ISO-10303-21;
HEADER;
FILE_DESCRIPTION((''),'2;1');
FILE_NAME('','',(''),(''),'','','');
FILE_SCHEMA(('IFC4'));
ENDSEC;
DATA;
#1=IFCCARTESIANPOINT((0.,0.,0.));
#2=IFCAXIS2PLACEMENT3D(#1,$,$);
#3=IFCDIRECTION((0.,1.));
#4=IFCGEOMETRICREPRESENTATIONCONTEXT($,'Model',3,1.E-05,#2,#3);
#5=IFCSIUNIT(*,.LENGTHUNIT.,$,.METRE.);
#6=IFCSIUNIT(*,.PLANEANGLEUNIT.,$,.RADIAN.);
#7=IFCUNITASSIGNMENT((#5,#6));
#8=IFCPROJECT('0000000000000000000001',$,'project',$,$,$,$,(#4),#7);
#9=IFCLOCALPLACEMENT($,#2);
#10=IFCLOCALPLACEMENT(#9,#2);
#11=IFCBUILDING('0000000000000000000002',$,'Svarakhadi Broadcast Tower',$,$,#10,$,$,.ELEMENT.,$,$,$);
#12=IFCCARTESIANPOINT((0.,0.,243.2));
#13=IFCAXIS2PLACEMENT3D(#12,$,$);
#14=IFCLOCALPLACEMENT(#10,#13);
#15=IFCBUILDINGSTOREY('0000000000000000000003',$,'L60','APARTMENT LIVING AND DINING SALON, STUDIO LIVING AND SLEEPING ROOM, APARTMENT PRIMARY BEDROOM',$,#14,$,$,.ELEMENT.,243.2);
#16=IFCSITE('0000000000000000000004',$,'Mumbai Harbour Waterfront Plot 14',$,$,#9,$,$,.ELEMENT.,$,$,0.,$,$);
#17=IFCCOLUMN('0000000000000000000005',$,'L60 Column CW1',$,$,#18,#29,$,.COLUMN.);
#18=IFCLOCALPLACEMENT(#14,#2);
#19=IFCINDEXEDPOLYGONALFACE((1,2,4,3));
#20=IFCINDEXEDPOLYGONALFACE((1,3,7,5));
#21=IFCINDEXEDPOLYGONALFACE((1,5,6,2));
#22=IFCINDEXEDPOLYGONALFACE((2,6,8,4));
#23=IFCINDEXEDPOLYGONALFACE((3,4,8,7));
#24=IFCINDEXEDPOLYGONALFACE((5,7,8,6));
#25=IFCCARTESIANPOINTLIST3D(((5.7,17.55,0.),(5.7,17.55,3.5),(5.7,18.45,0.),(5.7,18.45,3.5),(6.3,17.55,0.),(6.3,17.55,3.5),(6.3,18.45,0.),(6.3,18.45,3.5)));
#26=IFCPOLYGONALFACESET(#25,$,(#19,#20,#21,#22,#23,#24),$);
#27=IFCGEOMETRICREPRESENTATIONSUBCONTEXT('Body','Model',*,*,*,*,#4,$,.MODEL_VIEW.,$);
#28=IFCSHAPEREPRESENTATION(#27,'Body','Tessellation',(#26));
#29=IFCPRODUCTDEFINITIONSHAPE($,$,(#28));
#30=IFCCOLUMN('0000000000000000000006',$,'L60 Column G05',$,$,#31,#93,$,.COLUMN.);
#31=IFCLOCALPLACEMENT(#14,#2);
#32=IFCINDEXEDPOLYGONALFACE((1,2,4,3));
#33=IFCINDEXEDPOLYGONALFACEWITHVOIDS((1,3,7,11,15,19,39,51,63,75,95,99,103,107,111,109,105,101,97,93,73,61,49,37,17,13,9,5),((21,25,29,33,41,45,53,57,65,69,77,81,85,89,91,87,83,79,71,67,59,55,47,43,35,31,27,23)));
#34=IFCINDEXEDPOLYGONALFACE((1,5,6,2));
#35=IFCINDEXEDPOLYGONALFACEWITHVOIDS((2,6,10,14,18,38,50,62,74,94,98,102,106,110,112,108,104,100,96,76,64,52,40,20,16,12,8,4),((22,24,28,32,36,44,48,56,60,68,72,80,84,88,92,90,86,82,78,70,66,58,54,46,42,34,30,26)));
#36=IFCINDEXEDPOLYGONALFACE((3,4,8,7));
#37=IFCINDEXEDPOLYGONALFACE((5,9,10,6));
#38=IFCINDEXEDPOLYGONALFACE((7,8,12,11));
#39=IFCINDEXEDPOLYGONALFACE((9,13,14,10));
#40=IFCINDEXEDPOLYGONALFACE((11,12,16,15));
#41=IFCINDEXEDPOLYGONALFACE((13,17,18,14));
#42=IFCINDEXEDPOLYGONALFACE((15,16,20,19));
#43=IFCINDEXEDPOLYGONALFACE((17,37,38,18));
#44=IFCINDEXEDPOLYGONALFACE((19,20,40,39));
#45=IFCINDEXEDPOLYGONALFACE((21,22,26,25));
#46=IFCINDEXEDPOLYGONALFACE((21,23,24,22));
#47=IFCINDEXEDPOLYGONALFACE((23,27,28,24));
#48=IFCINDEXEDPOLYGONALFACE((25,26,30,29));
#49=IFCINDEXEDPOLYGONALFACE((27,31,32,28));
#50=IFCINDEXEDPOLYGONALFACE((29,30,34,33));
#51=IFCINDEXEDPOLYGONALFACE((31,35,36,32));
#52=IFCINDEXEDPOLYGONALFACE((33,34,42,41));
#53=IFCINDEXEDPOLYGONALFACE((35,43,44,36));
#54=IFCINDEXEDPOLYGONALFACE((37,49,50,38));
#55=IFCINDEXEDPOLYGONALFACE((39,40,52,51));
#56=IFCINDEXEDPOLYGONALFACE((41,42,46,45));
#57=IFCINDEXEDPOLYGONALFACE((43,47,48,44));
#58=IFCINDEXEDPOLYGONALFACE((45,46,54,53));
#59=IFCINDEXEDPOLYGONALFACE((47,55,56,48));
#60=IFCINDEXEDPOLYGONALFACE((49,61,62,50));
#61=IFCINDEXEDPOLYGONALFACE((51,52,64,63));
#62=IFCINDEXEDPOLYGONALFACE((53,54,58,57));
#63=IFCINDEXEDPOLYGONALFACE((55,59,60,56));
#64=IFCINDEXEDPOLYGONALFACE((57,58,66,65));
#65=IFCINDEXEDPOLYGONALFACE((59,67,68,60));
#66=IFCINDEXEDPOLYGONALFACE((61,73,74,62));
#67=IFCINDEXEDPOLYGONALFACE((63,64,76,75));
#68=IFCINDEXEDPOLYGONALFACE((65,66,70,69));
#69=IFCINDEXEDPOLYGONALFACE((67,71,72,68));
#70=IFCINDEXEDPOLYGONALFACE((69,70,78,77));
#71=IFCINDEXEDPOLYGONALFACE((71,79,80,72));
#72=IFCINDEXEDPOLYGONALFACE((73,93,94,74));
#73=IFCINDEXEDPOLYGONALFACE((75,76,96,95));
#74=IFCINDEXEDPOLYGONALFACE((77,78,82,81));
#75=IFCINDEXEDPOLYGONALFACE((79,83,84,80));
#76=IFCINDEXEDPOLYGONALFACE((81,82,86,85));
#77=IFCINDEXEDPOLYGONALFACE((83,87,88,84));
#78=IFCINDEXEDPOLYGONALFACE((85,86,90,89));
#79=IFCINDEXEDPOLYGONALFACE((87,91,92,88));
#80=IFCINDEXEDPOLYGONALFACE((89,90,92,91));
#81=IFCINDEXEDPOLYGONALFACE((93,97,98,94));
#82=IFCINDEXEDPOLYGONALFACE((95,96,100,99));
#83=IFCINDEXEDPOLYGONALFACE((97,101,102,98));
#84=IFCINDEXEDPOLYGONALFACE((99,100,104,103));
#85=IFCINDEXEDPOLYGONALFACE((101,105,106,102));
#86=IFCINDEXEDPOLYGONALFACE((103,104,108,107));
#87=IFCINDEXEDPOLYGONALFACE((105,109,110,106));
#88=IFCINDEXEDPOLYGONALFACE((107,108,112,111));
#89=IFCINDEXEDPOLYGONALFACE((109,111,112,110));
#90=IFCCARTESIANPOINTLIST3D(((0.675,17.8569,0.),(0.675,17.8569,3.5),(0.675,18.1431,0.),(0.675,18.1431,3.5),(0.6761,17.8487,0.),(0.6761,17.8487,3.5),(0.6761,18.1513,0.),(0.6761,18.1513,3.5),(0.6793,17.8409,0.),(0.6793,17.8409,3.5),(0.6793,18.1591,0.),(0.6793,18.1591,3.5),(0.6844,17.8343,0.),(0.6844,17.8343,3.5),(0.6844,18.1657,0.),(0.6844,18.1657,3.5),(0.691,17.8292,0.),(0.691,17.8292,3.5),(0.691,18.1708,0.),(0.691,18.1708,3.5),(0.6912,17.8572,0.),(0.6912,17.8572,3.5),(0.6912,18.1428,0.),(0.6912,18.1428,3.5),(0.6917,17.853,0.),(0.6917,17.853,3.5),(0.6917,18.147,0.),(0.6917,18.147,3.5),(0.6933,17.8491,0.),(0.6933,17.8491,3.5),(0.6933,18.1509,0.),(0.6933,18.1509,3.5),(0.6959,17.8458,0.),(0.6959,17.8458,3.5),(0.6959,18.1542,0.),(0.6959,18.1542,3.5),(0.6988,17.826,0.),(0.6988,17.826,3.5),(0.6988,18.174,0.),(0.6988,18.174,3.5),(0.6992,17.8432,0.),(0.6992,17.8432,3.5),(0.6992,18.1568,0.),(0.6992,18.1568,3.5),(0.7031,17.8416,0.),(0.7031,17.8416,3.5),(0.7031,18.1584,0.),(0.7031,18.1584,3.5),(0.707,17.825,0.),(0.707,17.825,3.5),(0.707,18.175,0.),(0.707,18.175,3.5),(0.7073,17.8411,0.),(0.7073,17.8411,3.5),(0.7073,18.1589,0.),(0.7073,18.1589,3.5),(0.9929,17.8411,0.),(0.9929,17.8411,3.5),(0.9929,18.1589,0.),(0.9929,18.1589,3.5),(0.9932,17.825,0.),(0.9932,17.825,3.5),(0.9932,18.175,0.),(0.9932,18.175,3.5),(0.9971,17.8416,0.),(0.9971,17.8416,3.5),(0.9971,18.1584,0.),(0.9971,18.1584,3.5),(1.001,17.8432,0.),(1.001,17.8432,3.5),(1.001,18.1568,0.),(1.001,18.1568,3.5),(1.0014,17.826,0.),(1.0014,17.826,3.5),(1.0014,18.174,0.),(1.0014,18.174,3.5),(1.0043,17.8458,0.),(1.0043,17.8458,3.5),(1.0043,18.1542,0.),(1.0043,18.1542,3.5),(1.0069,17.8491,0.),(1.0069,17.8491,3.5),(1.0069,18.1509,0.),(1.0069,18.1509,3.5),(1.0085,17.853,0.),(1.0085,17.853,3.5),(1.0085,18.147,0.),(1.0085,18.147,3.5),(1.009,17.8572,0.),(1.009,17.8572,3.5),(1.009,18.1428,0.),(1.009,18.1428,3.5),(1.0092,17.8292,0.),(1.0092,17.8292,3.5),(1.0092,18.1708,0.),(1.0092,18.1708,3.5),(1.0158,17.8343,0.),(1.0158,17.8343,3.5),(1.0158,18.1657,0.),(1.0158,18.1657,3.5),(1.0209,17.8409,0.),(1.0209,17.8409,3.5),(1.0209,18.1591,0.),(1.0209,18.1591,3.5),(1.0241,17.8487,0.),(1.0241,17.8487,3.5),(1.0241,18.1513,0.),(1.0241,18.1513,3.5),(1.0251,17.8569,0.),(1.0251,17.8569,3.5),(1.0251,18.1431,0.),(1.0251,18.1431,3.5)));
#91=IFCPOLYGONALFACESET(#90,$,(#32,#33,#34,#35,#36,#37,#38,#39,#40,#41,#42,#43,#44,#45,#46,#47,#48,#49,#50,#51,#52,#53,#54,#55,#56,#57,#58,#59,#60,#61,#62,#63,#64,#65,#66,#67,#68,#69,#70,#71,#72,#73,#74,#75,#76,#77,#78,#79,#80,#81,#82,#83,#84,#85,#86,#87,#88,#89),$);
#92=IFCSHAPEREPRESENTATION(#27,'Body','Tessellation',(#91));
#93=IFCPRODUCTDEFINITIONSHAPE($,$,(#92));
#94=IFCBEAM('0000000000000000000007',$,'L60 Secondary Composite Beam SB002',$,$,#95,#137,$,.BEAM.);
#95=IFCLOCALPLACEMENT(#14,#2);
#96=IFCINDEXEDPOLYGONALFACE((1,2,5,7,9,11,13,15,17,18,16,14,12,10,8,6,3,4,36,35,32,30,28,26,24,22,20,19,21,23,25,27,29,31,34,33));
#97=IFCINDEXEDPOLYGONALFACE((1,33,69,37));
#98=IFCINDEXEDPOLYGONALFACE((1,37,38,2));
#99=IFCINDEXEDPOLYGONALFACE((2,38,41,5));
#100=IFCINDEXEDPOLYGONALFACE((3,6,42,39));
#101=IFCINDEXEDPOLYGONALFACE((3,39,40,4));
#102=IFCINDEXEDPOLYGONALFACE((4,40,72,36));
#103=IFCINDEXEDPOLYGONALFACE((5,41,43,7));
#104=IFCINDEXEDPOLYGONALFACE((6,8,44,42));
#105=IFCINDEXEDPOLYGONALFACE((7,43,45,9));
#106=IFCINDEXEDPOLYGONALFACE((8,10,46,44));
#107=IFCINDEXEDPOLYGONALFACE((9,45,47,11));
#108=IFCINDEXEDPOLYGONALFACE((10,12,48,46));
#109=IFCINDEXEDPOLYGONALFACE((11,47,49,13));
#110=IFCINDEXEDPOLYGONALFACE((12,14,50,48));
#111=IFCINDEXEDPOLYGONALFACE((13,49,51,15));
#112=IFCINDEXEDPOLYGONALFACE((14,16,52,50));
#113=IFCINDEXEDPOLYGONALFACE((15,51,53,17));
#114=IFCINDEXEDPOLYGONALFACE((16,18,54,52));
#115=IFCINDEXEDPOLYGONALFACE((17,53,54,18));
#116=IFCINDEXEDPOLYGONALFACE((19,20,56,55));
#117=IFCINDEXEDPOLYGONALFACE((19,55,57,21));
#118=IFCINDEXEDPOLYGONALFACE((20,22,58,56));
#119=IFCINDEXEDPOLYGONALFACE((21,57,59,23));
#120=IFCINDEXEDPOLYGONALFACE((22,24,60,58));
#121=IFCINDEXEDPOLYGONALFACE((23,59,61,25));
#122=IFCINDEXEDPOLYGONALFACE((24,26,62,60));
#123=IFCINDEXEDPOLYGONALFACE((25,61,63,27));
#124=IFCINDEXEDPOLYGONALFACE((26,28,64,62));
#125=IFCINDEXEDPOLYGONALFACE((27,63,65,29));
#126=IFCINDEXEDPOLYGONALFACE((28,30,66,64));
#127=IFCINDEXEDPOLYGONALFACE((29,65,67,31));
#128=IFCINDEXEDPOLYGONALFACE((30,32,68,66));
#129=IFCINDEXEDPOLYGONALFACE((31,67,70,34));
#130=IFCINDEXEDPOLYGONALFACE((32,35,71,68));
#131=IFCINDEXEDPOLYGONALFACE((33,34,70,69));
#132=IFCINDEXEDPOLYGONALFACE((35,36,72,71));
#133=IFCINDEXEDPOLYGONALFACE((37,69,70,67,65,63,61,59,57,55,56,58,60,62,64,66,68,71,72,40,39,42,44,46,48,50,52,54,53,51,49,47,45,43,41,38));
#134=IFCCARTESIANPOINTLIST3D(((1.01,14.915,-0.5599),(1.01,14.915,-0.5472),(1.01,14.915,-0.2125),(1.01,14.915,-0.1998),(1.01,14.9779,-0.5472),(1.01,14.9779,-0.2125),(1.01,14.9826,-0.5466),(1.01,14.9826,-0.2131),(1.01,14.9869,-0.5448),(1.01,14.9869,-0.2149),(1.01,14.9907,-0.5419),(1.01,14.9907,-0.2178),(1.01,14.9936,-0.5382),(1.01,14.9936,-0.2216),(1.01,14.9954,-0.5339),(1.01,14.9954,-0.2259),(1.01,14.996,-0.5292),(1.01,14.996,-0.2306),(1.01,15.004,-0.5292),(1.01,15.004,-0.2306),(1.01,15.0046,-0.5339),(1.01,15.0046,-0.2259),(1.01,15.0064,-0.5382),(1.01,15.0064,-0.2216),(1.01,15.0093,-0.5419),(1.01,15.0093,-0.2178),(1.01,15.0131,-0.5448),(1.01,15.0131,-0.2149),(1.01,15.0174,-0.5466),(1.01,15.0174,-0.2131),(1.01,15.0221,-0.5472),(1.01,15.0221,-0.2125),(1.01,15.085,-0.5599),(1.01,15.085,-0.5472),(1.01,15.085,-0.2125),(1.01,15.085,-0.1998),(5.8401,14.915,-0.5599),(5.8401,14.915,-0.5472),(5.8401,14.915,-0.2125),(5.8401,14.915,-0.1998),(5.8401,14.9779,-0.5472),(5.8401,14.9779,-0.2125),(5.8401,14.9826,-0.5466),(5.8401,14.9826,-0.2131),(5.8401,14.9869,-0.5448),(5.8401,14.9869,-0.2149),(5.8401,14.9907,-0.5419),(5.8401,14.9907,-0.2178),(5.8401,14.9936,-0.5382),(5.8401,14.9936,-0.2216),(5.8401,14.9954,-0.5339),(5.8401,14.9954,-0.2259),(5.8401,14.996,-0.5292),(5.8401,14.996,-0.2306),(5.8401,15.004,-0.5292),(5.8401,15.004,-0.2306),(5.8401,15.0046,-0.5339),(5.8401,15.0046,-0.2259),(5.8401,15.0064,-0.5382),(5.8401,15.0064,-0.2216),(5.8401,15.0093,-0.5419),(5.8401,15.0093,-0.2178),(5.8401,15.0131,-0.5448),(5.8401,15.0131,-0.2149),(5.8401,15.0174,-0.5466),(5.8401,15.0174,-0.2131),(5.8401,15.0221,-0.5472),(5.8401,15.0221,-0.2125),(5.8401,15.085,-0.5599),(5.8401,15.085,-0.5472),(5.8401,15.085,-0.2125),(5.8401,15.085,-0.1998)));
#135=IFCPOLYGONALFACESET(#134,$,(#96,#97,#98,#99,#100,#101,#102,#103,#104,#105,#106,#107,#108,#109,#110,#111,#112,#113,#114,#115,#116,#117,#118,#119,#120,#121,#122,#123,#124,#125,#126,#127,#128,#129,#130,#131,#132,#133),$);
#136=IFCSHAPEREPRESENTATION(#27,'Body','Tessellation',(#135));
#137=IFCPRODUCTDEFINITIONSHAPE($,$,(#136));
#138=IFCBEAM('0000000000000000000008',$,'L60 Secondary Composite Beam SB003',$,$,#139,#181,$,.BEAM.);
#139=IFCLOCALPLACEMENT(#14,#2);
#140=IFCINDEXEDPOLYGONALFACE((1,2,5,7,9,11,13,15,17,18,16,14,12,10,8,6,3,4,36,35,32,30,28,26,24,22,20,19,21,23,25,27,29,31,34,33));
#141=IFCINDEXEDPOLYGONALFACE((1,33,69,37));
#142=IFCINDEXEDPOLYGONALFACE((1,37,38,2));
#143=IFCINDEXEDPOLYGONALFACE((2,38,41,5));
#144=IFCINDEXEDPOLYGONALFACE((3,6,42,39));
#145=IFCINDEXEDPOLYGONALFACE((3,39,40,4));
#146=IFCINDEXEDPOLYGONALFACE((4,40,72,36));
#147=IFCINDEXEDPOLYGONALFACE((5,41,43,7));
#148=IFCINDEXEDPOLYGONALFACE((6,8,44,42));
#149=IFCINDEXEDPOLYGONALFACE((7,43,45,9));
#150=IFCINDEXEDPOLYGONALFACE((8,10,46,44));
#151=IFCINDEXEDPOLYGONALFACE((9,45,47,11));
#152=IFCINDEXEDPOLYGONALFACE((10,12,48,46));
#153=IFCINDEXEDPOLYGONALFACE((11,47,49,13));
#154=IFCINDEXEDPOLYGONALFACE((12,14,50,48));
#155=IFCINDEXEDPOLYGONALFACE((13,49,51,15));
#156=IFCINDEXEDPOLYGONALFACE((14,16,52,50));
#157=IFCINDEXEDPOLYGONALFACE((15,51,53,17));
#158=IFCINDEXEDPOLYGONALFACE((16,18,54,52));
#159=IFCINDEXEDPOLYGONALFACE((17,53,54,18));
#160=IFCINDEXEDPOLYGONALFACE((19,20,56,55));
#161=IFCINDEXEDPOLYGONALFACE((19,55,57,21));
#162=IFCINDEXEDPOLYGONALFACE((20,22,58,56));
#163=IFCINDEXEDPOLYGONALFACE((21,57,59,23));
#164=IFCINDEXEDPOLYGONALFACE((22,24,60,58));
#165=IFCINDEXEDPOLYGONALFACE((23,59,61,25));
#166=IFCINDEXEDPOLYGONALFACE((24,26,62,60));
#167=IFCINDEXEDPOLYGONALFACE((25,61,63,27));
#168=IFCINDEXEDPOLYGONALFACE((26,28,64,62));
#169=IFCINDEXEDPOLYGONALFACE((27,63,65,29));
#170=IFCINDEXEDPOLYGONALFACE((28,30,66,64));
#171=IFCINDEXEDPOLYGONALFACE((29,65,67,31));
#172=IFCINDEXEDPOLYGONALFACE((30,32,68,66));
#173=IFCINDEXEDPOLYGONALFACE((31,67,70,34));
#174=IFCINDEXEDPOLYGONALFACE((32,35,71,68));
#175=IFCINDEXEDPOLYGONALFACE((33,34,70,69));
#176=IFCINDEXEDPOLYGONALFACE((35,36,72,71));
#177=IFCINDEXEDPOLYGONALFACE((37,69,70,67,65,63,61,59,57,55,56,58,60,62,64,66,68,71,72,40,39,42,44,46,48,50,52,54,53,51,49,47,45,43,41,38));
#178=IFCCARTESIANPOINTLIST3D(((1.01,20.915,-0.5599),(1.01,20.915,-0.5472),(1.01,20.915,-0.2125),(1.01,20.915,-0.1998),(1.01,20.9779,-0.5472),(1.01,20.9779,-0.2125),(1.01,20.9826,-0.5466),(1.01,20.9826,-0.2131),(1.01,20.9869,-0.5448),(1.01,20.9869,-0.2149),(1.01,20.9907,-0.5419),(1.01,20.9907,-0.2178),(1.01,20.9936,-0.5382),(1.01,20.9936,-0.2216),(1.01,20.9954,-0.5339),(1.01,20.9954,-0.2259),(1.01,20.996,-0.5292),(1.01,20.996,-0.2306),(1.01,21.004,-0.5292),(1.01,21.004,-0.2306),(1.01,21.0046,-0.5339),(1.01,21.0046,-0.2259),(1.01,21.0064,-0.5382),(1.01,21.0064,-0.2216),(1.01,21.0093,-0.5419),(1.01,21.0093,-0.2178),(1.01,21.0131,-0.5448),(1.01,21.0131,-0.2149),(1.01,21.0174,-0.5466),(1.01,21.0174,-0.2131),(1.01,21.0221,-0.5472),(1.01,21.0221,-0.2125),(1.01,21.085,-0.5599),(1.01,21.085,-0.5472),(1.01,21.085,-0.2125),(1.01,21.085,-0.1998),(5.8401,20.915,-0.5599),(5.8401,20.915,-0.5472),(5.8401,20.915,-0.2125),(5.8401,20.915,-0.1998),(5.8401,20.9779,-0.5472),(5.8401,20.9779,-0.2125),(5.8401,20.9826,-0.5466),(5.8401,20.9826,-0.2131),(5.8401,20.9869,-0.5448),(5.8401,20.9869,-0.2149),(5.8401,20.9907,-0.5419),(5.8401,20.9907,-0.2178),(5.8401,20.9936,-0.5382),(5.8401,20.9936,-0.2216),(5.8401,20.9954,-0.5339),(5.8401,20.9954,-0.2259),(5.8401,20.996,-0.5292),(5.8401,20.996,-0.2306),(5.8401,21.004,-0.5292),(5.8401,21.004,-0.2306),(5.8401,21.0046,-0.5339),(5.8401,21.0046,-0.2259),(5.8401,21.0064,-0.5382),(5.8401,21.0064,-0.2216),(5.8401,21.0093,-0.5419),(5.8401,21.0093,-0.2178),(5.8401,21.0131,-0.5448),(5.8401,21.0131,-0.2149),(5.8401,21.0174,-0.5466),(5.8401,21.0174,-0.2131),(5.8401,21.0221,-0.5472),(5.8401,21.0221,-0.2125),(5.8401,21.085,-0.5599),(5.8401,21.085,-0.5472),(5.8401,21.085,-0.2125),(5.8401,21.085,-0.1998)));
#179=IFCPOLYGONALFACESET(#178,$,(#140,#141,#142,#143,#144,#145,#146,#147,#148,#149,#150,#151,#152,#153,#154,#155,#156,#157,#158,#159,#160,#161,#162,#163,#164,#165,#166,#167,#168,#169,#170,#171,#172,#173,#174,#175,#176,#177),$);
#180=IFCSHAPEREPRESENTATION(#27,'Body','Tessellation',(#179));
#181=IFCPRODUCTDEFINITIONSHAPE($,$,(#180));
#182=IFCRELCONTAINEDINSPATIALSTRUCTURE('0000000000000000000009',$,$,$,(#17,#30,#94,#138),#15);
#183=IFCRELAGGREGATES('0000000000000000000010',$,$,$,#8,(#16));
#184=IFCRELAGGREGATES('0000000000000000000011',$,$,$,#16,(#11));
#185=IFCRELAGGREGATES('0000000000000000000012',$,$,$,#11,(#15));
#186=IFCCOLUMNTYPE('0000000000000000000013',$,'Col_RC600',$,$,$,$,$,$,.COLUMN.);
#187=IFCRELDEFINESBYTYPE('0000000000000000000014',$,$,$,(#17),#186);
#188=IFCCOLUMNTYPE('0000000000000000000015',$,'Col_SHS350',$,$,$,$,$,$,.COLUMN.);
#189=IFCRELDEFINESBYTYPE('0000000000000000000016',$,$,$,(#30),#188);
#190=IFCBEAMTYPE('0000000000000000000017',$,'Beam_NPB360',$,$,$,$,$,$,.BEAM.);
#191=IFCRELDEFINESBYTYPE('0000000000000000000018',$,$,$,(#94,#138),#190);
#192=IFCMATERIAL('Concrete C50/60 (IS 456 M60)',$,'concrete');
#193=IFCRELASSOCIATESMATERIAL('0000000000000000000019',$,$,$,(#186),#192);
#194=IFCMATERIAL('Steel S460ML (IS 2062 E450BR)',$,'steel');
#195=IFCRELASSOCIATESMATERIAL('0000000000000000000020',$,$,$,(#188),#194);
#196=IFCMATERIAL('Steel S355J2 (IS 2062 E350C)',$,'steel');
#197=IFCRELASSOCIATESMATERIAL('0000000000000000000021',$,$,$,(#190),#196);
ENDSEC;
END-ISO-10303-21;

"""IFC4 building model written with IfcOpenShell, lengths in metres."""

from ifc_helpers import new_model, si_unit, direction, frame, origin, origin_2d, place, context, subcontext, project, spatial, rectangle, hollow_rectangle, i_section, extrude, material, material_profile, profile_set, type_object, element, save


model = new_model("IFC4")

# Units and contexts
model_context = context("Model", 3, precision=1e-05, world=origin(), true_north=direction((0.0, 1.0)))
body_context = subcontext(model_context, "Body", "Model", "MODEL_VIEW")
ifc_project = project(units=[si_unit("LENGTHUNIT", "METRE"), si_unit("PLANEANGLEUNIT", "RADIAN")], contexts=[model_context])

# Site, building, storey
site_placement = place(None, origin())
site = spatial("IfcSite", under=ifc_project, at=site_placement, Name="Mumbai Harbour Waterfront Plot 14", CompositionType="ELEMENT", RefElevation=0.0)
building_placement = place(site_placement, origin())
building = spatial("IfcBuilding", under=site, at=building_placement, Name="Svarakhadi Broadcast Tower", CompositionType="ELEMENT")
storey_placement = place(building_placement, frame((0.0, 0.0, 243.2)))
storey = spatial("IfcBuildingStorey", under=building, at=storey_placement, Name="L60", Description="APARTMENT LIVING AND DINING SALON, STUDIO LIVING AND SLEEPING ROOM, APARTMENT PRIMARY BEDROOM", CompositionType="ELEMENT", Elevation=243.2)

# Columns
ifc_material_1 = material(Name="Concrete C50/60 (IS 456 M60)", Category="concrete")
ifc_material_profile_1 = material_profile(ifc_material_1, rectangle(XDim=0.6001, YDim=0.8999, at=origin_2d()), Name="RC 600x900")
ifc_profile_set_1 = profile_set([ifc_material_profile_1], Name="Concrete C50/60 (IS 456 M60)")
column_type_1 = type_object("IfcColumnType", Name="Col_RC600", PredefinedType="COLUMN", material=ifc_profile_set_1)
column_1_placement = place(storey_placement, frame((6.0, 18.0, 0.0), z_axis=(0.0, 0.0, 1.0), x_axis=(1.0, 0.0, 0.0)))
element("IfcColumn", 1, at=column_1_placement, inside=storey, type_object=column_type_1, Name="L60 Column CW1", PredefinedType="COLUMN", context=body_context, shape_type="SweptSolid", body=[
    extrude(rectangle(XDim=0.6001, YDim=0.8999, at=origin_2d()), origin(), (0.0, 0.0, 1.0), 3.5),
])
ifc_material_2 = material(Name="Steel S460ML (IS 2062 E450BR)", Category="steel")
ifc_material_profile_2 = material_profile(ifc_material_2, hollow_rectangle(XDim=0.3501, YDim=0.3501, WallThickness=0.0161, InnerFilletRadius=0.0161, OuterFilletRadius=0.032, at=origin_2d()), Name="SHS 350x350x16")
ifc_profile_set_2 = profile_set([ifc_material_profile_2], Name="Steel S460ML (IS 2062 E450BR)")
column_type_2 = type_object("IfcColumnType", Name="Col_SHS350", PredefinedType="COLUMN", material=ifc_profile_set_2)
column_2_placement = place(storey_placement, frame((0.8501, 18.0, 0.0), z_axis=(0.0, 0.0, 1.0), x_axis=(1.0, 0.0, 0.0)))
element("IfcColumn", 2, at=column_2_placement, inside=storey, type_object=column_type_2, Name="L60 Column G05", PredefinedType="COLUMN", context=body_context, shape_type="SweptSolid", body=[
    extrude(hollow_rectangle(XDim=0.3501, YDim=0.3501, WallThickness=0.0161, InnerFilletRadius=0.0161, OuterFilletRadius=0.032, at=origin_2d()), origin(), (0.0, 0.0, 1.0), 3.5),
])

# Beams
ifc_material_3 = material(Name="Steel S355J2 (IS 2062 E350C)", Category="steel")
ifc_material_profile_3 = material_profile(ifc_material_3, i_section(OverallWidth=0.1699, OverallDepth=0.3601, WebThickness=0.0081, FlangeThickness=0.0127, FilletRadius=0.0181, at=origin_2d()), Name="NPB 360x170x57")
ifc_profile_set_3 = profile_set([ifc_material_profile_3], Name="Steel S355J2 (IS 2062 E350C)")
beam_type_1 = type_object("IfcBeamType", Name="Beam_NPB360", PredefinedType="BEAM", material=ifc_profile_set_3)
for number, where, z_axis, x_axis, name in (
    (3, (1.01, 15.0, -0.3799), (1.0, 0.0, 0.0), (0.0, 1.0, 0.0), "L60 Secondary Composite Beam SB002"),
    (4, (1.01, 21.0, -0.3799), (1.0, 0.0, 0.0), (0.0, 1.0, 0.0), "L60 Secondary Composite Beam SB003"),
):
    element("IfcBeam", number, at=place(storey_placement, frame(where, z_axis=z_axis, x_axis=x_axis)), inside=storey, type_object=beam_type_1, Name=name, PredefinedType="BEAM", context=body_context, shape_type="SweptSolid", body=[
        extrude(i_section(OverallWidth=0.1699, OverallDepth=0.3601, WebThickness=0.0081, FlangeThickness=0.0127, FilletRadius=0.0181, at=origin_2d()), origin(), (0.0, 0.0, 1.0), 4.8301),
    ])

save(model, "model.ifc")
